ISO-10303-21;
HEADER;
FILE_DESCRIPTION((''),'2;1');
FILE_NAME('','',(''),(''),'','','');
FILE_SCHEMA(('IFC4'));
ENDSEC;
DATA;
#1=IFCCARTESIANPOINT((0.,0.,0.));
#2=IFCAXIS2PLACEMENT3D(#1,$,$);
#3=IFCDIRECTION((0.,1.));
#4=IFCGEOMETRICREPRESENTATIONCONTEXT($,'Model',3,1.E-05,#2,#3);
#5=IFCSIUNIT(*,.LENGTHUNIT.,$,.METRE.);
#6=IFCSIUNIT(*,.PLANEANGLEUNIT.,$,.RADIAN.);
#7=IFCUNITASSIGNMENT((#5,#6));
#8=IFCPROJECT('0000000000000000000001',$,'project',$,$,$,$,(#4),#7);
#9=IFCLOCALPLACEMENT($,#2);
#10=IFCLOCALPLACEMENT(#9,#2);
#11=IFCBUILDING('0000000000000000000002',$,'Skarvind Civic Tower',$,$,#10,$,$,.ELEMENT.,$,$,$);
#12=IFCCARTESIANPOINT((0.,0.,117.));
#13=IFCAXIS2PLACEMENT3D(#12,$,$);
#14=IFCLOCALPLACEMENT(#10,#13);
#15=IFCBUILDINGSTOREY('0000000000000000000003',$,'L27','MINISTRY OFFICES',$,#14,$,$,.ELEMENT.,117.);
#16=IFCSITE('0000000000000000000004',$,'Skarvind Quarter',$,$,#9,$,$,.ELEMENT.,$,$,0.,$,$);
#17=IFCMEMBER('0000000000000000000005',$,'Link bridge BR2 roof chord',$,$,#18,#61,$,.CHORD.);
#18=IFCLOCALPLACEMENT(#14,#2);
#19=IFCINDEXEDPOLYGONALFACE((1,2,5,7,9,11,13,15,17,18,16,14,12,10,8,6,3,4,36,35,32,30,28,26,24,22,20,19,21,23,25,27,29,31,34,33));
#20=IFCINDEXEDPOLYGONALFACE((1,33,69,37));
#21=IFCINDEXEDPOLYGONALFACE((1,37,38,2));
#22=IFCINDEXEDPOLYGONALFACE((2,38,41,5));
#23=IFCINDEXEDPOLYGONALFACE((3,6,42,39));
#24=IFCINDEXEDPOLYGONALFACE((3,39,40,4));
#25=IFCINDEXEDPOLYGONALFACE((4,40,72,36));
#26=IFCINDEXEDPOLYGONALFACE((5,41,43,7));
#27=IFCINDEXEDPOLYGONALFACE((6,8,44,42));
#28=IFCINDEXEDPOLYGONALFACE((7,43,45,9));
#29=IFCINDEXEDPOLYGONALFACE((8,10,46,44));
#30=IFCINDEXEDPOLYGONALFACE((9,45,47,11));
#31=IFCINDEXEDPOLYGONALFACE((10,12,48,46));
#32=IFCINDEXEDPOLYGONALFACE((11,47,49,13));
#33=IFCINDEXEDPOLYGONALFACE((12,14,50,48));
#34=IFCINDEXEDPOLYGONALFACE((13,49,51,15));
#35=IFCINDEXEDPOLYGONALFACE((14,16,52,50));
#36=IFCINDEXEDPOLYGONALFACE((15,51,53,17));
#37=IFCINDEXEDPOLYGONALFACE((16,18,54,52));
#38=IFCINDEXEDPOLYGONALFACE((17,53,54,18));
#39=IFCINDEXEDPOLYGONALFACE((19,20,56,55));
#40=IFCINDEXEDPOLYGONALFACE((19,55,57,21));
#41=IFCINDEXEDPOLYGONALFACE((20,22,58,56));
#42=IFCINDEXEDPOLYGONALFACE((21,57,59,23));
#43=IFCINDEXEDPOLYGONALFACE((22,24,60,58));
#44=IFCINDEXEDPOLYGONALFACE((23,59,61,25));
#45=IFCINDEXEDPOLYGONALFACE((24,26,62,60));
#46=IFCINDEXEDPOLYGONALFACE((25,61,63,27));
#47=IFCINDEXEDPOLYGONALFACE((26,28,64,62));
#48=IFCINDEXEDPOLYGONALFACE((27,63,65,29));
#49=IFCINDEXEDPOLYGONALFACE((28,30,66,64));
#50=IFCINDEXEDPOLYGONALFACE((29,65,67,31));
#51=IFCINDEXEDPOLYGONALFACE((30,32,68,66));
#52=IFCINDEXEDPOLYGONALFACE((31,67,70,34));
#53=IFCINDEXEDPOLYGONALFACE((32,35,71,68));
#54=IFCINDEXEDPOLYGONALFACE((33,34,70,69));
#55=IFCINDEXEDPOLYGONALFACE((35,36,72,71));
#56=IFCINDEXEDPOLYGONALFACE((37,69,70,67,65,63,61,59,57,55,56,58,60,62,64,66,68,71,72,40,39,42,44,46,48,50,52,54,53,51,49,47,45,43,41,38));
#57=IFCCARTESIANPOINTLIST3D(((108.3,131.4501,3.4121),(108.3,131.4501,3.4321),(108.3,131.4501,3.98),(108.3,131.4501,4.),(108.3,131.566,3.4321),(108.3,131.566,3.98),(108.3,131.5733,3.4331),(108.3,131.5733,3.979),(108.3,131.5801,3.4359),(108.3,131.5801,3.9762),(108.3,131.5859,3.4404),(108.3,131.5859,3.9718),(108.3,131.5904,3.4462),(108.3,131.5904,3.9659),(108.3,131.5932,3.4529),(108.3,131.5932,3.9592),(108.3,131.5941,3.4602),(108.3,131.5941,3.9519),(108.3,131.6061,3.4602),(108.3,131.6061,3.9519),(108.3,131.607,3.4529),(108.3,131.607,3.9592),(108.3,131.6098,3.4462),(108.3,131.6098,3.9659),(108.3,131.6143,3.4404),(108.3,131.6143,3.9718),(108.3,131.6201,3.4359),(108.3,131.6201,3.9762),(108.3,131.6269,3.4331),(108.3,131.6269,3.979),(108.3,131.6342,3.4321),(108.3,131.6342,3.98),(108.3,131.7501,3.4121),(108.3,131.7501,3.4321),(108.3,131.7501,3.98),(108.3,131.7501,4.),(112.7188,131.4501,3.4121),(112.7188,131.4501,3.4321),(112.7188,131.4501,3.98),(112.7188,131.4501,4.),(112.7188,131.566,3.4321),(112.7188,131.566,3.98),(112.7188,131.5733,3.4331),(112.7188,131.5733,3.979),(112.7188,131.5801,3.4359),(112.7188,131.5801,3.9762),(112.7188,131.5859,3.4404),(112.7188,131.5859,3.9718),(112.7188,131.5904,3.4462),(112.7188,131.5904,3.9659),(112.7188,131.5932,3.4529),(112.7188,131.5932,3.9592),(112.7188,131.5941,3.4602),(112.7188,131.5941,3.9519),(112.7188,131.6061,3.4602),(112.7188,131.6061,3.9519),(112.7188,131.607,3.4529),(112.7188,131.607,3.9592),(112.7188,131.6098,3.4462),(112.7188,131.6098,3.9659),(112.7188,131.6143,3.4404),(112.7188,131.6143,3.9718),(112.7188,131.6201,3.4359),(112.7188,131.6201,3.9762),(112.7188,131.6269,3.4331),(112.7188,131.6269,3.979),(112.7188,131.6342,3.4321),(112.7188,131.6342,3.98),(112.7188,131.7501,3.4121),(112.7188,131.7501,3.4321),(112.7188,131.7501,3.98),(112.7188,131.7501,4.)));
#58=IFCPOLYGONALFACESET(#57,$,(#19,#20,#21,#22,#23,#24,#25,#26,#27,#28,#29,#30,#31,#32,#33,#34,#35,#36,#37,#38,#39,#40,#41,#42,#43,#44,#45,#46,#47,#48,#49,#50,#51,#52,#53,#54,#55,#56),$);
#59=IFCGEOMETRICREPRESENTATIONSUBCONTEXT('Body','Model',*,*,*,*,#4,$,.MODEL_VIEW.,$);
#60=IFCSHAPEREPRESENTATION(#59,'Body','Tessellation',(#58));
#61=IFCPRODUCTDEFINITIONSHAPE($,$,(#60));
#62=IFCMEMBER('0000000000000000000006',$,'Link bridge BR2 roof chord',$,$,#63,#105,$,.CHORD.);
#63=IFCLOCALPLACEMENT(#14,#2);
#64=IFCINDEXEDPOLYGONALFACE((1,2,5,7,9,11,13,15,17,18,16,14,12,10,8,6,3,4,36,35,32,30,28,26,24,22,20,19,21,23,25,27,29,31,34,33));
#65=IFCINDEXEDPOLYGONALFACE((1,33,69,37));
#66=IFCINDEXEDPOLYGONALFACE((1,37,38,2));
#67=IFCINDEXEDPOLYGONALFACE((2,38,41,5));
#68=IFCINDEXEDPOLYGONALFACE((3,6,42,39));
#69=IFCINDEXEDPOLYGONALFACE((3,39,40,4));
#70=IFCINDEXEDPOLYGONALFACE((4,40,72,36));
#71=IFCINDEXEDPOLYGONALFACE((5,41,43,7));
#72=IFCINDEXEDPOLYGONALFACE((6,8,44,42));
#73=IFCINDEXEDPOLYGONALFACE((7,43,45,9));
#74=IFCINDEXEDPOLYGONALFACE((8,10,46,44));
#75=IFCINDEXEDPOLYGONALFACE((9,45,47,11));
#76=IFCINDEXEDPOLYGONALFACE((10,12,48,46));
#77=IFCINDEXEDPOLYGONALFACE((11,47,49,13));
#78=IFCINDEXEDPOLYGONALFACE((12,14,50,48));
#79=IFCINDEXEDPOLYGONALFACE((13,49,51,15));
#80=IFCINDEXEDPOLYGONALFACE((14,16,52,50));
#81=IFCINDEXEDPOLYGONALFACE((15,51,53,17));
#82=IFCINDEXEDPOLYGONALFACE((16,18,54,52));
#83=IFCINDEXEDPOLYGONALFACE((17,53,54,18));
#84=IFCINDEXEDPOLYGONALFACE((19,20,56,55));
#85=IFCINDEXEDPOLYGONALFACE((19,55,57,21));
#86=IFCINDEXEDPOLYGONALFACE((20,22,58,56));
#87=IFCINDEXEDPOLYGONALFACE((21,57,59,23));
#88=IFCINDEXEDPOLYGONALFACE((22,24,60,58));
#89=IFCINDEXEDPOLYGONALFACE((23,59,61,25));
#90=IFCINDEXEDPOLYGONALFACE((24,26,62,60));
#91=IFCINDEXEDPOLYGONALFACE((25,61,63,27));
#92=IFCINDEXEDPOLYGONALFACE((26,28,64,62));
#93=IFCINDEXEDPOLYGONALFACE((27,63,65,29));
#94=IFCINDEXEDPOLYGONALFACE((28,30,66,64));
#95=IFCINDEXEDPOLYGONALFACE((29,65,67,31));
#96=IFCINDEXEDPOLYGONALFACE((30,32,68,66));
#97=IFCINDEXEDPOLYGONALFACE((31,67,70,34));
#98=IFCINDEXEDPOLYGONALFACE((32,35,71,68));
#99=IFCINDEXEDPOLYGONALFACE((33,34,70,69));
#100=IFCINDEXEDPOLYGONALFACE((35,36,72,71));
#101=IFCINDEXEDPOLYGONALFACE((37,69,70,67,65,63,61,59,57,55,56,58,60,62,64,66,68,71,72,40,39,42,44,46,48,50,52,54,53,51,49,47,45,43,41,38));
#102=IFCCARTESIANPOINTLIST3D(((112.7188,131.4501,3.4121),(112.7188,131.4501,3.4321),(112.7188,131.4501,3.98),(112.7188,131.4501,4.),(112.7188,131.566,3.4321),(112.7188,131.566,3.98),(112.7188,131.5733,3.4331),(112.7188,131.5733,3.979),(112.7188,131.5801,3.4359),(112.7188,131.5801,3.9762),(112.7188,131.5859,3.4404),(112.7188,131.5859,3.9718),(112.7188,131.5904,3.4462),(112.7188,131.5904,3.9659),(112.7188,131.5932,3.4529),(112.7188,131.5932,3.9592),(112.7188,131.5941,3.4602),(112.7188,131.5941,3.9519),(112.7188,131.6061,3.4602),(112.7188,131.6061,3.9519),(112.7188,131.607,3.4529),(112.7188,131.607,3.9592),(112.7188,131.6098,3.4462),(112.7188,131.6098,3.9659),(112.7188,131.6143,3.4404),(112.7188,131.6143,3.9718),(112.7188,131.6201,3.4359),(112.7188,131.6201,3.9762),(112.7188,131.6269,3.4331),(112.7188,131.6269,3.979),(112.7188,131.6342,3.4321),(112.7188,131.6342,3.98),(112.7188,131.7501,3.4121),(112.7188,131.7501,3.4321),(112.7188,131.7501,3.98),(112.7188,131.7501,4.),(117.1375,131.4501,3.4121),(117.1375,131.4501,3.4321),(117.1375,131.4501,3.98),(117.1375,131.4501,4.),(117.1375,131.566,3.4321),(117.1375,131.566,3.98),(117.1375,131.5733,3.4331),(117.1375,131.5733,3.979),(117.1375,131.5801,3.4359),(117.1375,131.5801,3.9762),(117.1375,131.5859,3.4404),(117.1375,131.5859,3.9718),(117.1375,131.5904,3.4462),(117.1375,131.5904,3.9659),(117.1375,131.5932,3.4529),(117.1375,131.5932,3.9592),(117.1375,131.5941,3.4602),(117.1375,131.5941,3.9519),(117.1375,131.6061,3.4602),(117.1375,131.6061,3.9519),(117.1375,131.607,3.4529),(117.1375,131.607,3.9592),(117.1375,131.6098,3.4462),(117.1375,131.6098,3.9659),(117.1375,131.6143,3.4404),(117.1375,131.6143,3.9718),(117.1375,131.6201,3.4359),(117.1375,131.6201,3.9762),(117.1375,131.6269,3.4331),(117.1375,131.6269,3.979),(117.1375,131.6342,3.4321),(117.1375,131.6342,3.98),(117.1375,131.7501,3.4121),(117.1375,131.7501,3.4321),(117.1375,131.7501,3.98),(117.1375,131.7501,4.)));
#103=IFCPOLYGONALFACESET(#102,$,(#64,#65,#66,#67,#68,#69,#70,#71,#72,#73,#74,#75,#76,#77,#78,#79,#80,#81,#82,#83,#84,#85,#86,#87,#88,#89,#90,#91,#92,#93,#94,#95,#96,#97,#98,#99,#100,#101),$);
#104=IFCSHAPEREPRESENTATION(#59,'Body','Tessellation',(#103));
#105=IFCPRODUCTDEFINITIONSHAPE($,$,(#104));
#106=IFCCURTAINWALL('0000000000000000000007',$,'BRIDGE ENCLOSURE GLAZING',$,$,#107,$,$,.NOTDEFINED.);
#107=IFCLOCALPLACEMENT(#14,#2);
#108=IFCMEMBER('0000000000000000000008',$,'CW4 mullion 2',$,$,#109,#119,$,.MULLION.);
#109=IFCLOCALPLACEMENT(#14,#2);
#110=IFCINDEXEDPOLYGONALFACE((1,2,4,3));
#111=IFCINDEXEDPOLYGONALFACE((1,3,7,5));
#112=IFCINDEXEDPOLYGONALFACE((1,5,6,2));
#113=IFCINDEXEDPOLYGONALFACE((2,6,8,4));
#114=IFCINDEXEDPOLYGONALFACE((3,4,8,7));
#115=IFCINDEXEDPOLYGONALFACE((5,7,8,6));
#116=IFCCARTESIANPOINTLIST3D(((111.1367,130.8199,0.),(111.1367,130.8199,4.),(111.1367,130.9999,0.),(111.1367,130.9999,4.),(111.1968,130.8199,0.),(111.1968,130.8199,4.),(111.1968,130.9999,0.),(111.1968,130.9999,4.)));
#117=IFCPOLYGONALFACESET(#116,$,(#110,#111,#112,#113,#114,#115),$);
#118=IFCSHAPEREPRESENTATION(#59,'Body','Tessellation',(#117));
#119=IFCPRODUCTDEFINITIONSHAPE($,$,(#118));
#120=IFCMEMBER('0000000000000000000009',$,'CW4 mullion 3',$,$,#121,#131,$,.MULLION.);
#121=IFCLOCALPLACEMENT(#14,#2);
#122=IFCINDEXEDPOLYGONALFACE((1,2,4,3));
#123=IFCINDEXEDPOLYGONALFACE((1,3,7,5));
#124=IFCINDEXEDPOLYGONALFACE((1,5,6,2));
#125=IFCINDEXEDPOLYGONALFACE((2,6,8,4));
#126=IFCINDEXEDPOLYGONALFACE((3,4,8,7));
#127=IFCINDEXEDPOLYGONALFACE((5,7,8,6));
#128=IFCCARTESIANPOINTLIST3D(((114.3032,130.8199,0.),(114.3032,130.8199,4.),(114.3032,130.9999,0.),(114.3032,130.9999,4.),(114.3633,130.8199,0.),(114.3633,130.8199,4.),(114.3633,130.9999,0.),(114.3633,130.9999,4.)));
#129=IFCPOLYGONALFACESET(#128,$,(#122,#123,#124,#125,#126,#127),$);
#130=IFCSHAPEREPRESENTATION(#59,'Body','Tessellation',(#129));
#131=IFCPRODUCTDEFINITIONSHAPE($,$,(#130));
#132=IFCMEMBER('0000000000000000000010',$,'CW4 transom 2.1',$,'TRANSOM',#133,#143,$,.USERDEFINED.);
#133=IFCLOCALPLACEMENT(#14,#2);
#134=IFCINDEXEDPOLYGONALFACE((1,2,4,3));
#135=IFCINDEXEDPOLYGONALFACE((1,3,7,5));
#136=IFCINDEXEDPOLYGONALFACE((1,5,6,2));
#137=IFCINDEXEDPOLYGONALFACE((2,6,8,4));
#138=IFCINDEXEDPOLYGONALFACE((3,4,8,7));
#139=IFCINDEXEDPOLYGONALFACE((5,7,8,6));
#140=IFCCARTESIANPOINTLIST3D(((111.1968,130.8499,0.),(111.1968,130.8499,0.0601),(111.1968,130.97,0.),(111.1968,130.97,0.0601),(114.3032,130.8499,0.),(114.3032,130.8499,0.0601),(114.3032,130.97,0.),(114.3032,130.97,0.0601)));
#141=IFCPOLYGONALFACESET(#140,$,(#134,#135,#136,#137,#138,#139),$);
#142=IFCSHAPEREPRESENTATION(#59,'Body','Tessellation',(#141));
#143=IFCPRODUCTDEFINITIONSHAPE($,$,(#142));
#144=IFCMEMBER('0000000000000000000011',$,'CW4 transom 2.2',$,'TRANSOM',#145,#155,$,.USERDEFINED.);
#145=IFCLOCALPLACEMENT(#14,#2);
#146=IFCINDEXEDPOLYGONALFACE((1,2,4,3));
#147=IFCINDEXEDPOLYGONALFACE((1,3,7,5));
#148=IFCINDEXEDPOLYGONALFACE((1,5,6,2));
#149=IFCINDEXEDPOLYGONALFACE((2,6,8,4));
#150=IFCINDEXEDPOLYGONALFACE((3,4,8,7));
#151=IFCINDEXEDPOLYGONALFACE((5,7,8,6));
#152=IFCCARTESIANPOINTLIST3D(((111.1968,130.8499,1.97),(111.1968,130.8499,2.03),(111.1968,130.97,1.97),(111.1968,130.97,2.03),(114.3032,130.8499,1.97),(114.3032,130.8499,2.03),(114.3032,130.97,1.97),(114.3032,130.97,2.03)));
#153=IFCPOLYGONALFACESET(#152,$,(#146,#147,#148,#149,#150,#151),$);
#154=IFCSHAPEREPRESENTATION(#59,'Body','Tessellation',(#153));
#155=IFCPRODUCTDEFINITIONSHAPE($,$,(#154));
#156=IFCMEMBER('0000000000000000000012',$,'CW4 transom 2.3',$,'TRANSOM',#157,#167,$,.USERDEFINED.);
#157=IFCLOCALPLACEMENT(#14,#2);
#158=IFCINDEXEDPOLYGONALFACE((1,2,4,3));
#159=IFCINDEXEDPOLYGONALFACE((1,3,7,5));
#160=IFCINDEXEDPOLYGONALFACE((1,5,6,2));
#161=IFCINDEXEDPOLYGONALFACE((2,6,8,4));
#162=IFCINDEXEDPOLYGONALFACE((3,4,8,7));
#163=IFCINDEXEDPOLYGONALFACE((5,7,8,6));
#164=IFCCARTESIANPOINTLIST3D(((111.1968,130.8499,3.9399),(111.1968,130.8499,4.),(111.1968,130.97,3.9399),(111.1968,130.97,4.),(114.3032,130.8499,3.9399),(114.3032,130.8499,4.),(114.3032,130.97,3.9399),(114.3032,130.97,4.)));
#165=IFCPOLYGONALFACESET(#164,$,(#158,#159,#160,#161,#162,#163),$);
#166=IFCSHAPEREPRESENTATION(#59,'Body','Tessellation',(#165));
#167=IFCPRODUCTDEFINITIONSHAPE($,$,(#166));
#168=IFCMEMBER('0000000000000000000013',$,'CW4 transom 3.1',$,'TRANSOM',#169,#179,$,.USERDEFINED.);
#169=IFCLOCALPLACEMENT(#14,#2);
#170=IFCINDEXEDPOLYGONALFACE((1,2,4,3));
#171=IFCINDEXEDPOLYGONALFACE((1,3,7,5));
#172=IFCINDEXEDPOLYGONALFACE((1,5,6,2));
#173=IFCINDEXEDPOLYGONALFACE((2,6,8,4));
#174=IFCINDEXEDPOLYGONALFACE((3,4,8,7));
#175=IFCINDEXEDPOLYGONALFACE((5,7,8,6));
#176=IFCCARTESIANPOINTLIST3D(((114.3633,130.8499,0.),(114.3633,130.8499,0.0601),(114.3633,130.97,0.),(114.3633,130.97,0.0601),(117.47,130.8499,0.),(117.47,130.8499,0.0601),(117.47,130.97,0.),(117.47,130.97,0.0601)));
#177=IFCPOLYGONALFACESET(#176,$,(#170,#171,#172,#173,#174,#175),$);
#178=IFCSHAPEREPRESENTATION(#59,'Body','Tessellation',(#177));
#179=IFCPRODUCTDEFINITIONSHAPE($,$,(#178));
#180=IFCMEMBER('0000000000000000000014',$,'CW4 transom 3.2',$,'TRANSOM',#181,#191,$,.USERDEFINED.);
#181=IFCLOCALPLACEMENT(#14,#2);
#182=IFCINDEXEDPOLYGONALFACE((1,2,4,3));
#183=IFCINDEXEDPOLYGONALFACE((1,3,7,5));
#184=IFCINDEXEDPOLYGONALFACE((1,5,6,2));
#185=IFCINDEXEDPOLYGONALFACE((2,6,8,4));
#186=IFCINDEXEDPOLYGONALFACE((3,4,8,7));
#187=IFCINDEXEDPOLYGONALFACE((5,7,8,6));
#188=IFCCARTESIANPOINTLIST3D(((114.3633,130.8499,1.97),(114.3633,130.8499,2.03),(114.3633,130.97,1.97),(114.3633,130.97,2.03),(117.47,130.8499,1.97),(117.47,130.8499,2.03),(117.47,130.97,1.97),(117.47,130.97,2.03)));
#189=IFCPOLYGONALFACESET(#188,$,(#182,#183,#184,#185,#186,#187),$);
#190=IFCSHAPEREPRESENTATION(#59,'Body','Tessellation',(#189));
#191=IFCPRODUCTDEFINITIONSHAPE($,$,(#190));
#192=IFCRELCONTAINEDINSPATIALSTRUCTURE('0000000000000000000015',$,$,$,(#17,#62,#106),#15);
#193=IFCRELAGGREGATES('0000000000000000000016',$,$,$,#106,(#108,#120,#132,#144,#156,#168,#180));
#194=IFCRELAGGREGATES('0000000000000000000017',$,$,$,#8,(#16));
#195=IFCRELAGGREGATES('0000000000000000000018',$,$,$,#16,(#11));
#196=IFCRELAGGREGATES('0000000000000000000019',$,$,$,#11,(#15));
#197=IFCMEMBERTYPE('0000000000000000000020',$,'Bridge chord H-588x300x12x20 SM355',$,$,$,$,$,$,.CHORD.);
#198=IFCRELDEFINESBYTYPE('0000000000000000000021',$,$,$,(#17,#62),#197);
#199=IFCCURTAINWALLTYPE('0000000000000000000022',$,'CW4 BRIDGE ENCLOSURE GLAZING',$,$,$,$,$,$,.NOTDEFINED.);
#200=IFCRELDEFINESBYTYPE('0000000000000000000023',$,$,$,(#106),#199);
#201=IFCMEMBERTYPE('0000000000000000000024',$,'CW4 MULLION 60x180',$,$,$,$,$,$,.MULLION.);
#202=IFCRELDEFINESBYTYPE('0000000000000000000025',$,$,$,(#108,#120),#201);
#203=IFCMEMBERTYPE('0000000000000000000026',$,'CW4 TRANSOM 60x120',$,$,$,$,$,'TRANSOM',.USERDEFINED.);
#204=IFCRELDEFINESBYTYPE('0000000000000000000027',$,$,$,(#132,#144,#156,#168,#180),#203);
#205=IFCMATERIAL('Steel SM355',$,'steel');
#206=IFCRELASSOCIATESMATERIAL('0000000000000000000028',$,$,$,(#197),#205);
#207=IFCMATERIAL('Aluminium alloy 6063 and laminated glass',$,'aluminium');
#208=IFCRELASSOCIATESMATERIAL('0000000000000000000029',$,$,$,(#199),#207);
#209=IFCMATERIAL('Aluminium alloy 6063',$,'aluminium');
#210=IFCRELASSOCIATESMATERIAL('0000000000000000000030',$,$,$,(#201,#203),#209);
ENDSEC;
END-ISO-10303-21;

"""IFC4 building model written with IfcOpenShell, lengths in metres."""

from ifc_helpers import new_model, si_unit, direction, frame, origin, origin_2d, place, context, subcontext, project, spatial, rectangle, i_section, extrude, material, material_profile, profile_set, type_object, element, aggregate, save


model = new_model("IFC4")

# Units and contexts
model_context = context("Model", 3, precision=1e-05, world=origin(), true_north=direction((0.0, 1.0)))
body_context = subcontext(model_context, "Body", "Model", "MODEL_VIEW")
ifc_project = project(units=[si_unit("LENGTHUNIT", "METRE"), si_unit("PLANEANGLEUNIT", "RADIAN")], contexts=[model_context])

# Site, building, storey
site_placement = place(None, origin())
site = spatial("IfcSite", under=ifc_project, at=site_placement, Name="Skarvind Quarter", CompositionType="ELEMENT", RefElevation=0.0)
building_placement = place(site_placement, origin())
building = spatial("IfcBuilding", under=site, at=building_placement, Name="Skarvind Civic Tower", CompositionType="ELEMENT")
storey_placement = place(building_placement, frame((0.0, 0.0, 117.0)))
storey = spatial("IfcBuildingStorey", under=building, at=storey_placement, Name="L27", Description="MINISTRY OFFICES", CompositionType="ELEMENT", Elevation=117.0)

# Members
ifc_material_1 = material(Name="Steel SM355", Category="steel")
ifc_material_profile_1 = material_profile(ifc_material_1, i_section(OverallWidth=0.3, OverallDepth=0.5879, WebThickness=0.012, FlangeThickness=0.02, FilletRadius=0.0281, at=origin_2d()), Name="H-588x300x12x20")
ifc_profile_set_1 = profile_set([ifc_material_profile_1], Name="Steel SM355")
member_type_1 = type_object("IfcMemberType", Name="Bridge chord H-588x300x12x20 SM355", PredefinedType="CHORD", material=ifc_profile_set_1)
for number, where, z_axis, x_axis, name in (
    (1, (108.3, 131.6001, 3.7061), (1.0, 0.0, 0.0), (0.0, 1.0, 0.0), "Link bridge BR2 roof chord"),
    (2, (112.7188, 131.6001, 3.7061), (1.0, 0.0, 0.0), (0.0, 1.0, 0.0), "Link bridge BR2 roof chord"),
):
    element("IfcMember", number, at=place(storey_placement, frame(where, z_axis=z_axis, x_axis=x_axis)), inside=storey, type_object=member_type_1, Name=name, PredefinedType="CHORD", context=body_context, shape_type="SweptSolid", body=[
        extrude(i_section(OverallWidth=0.3, OverallDepth=0.5879, WebThickness=0.012, FlangeThickness=0.02, FilletRadius=0.0281, at=origin_2d()), origin(), (0.0, 0.0, 1.0), 4.4187),
    ])

# Curtain wall, members
ifc_material_2 = material(Name="Aluminium alloy 6063 and laminated glass", Category="aluminium")
curtain_wall_type = type_object("IfcCurtainWallType", Name="CW4 BRIDGE ENCLOSURE GLAZING", PredefinedType="NOTDEFINED", material=ifc_material_2)
curtain_wall_placement = place(storey_placement, origin())
curtain_wall = element("IfcCurtainWall", 3, at=curtain_wall_placement, inside=storey, type_object=curtain_wall_type, Name="BRIDGE ENCLOSURE GLAZING", PredefinedType="NOTDEFINED")
ifc_material_3 = material(Name="Aluminium alloy 6063", Category="aluminium")
ifc_material_profile_2 = material_profile(ifc_material_3, rectangle(XDim=0.1799, YDim=0.0601, at=origin_2d()), Name="AL 60x180")
ifc_profile_set_2 = profile_set([ifc_material_profile_2], Name="Aluminium alloy 6063")
member_type_2 = type_object("IfcMemberType", Name="CW4 MULLION 60x180", PredefinedType="MULLION", material=ifc_profile_set_2)
member_1_placement = place(storey_placement, frame((111.1667, 130.9099, 0.0), z_axis=(0.0, 0.0, 1.0), x_axis=(0.0, 1.0, 0.0)))
member_1 = element("IfcMember", 4, at=member_1_placement, type_object=member_type_2, Name="CW4 mullion 2", PredefinedType="MULLION", context=body_context, shape_type="SweptSolid", body=[
    extrude(rectangle(XDim=0.1799, YDim=0.0601, at=origin_2d()), origin(), (0.0, 0.0, 1.0), 4.0),
])
member_2_placement = place(storey_placement, frame((114.3333, 130.9099, 0.0), z_axis=(0.0, 0.0, 1.0), x_axis=(0.0, 1.0, 0.0)))
member_2 = element("IfcMember", 5, at=member_2_placement, type_object=member_type_2, Name="CW4 mullion 3", PredefinedType="MULLION", context=body_context, shape_type="SweptSolid", body=[
    extrude(rectangle(XDim=0.1799, YDim=0.0601, at=origin_2d()), origin(), (0.0, 0.0, 1.0), 4.0),
])
ifc_material_profile_3 = material_profile(ifc_material_3, rectangle(XDim=0.1201, YDim=0.0601, at=origin_2d()), Name="AL 60x120")
ifc_profile_set_3 = profile_set([ifc_material_profile_3], Name="Aluminium alloy 6063")
member_type_3 = type_object("IfcMemberType", Name="CW4 TRANSOM 60x120", ElementType="TRANSOM", PredefinedType="USERDEFINED", material=ifc_profile_set_3)
member_3_placement = place(storey_placement, frame((111.1968, 130.9099, 0.03), z_axis=(1.0, 0.0, 0.0), x_axis=(0.0, 1.0, 0.0)))
member_3 = element("IfcMember", 6, at=member_3_placement, type_object=member_type_3, Name="CW4 transom 2.1", ObjectType="TRANSOM", PredefinedType="USERDEFINED", context=body_context, shape_type="SweptSolid", body=[
    extrude(rectangle(XDim=0.1201, YDim=0.0601, at=origin_2d()), origin(), (0.0, 0.0, 1.0), 3.1064),
])
member_4_placement = place(storey_placement, frame((111.1968, 130.9099, 2.0), z_axis=(1.0, 0.0, 0.0), x_axis=(0.0, 1.0, 0.0)))
member_4 = element("IfcMember", 7, at=member_4_placement, type_object=member_type_3, Name="CW4 transom 2.2", ObjectType="TRANSOM", PredefinedType="USERDEFINED", context=body_context, shape_type="SweptSolid", body=[
    extrude(rectangle(XDim=0.1201, YDim=0.0601, at=origin_2d()), origin(), (0.0, 0.0, 1.0), 3.1064),
])
member_5_placement = place(storey_placement, frame((111.1968, 130.9099, 3.97), z_axis=(1.0, 0.0, 0.0), x_axis=(0.0, 1.0, 0.0)))
member_5 = element("IfcMember", 8, at=member_5_placement, type_object=member_type_3, Name="CW4 transom 2.3", ObjectType="TRANSOM", PredefinedType="USERDEFINED", context=body_context, shape_type="SweptSolid", body=[
    extrude(rectangle(XDim=0.1201, YDim=0.0601, at=origin_2d()), origin(), (0.0, 0.0, 1.0), 3.1064),
])
member_6_placement = place(storey_placement, frame((114.3633, 130.9099, 0.03), z_axis=(1.0, 0.0, 0.0), x_axis=(0.0, 1.0, 0.0)))
member_6 = element("IfcMember", 9, at=member_6_placement, type_object=member_type_3, Name="CW4 transom 3.1", ObjectType="TRANSOM", PredefinedType="USERDEFINED", context=body_context, shape_type="SweptSolid", body=[
    extrude(rectangle(XDim=0.1201, YDim=0.0601, at=origin_2d()), origin(), (0.0, 0.0, 1.0), 3.1067),
])
member_7_placement = place(storey_placement, frame((114.3633, 130.9099, 2.0), z_axis=(1.0, 0.0, 0.0), x_axis=(0.0, 1.0, 0.0)))
member_7 = element("IfcMember", 10, at=member_7_placement, type_object=member_type_3, Name="CW4 transom 3.2", ObjectType="TRANSOM", PredefinedType="USERDEFINED", context=body_context, shape_type="SweptSolid", body=[
    extrude(rectangle(XDim=0.1201, YDim=0.0601, at=origin_2d()), origin(), (0.0, 0.0, 1.0), 3.1067),
])
aggregate(curtain_wall, [member_1, member_2, member_3, member_4, member_5, member_6, member_7])

save(model, "model.ifc")
